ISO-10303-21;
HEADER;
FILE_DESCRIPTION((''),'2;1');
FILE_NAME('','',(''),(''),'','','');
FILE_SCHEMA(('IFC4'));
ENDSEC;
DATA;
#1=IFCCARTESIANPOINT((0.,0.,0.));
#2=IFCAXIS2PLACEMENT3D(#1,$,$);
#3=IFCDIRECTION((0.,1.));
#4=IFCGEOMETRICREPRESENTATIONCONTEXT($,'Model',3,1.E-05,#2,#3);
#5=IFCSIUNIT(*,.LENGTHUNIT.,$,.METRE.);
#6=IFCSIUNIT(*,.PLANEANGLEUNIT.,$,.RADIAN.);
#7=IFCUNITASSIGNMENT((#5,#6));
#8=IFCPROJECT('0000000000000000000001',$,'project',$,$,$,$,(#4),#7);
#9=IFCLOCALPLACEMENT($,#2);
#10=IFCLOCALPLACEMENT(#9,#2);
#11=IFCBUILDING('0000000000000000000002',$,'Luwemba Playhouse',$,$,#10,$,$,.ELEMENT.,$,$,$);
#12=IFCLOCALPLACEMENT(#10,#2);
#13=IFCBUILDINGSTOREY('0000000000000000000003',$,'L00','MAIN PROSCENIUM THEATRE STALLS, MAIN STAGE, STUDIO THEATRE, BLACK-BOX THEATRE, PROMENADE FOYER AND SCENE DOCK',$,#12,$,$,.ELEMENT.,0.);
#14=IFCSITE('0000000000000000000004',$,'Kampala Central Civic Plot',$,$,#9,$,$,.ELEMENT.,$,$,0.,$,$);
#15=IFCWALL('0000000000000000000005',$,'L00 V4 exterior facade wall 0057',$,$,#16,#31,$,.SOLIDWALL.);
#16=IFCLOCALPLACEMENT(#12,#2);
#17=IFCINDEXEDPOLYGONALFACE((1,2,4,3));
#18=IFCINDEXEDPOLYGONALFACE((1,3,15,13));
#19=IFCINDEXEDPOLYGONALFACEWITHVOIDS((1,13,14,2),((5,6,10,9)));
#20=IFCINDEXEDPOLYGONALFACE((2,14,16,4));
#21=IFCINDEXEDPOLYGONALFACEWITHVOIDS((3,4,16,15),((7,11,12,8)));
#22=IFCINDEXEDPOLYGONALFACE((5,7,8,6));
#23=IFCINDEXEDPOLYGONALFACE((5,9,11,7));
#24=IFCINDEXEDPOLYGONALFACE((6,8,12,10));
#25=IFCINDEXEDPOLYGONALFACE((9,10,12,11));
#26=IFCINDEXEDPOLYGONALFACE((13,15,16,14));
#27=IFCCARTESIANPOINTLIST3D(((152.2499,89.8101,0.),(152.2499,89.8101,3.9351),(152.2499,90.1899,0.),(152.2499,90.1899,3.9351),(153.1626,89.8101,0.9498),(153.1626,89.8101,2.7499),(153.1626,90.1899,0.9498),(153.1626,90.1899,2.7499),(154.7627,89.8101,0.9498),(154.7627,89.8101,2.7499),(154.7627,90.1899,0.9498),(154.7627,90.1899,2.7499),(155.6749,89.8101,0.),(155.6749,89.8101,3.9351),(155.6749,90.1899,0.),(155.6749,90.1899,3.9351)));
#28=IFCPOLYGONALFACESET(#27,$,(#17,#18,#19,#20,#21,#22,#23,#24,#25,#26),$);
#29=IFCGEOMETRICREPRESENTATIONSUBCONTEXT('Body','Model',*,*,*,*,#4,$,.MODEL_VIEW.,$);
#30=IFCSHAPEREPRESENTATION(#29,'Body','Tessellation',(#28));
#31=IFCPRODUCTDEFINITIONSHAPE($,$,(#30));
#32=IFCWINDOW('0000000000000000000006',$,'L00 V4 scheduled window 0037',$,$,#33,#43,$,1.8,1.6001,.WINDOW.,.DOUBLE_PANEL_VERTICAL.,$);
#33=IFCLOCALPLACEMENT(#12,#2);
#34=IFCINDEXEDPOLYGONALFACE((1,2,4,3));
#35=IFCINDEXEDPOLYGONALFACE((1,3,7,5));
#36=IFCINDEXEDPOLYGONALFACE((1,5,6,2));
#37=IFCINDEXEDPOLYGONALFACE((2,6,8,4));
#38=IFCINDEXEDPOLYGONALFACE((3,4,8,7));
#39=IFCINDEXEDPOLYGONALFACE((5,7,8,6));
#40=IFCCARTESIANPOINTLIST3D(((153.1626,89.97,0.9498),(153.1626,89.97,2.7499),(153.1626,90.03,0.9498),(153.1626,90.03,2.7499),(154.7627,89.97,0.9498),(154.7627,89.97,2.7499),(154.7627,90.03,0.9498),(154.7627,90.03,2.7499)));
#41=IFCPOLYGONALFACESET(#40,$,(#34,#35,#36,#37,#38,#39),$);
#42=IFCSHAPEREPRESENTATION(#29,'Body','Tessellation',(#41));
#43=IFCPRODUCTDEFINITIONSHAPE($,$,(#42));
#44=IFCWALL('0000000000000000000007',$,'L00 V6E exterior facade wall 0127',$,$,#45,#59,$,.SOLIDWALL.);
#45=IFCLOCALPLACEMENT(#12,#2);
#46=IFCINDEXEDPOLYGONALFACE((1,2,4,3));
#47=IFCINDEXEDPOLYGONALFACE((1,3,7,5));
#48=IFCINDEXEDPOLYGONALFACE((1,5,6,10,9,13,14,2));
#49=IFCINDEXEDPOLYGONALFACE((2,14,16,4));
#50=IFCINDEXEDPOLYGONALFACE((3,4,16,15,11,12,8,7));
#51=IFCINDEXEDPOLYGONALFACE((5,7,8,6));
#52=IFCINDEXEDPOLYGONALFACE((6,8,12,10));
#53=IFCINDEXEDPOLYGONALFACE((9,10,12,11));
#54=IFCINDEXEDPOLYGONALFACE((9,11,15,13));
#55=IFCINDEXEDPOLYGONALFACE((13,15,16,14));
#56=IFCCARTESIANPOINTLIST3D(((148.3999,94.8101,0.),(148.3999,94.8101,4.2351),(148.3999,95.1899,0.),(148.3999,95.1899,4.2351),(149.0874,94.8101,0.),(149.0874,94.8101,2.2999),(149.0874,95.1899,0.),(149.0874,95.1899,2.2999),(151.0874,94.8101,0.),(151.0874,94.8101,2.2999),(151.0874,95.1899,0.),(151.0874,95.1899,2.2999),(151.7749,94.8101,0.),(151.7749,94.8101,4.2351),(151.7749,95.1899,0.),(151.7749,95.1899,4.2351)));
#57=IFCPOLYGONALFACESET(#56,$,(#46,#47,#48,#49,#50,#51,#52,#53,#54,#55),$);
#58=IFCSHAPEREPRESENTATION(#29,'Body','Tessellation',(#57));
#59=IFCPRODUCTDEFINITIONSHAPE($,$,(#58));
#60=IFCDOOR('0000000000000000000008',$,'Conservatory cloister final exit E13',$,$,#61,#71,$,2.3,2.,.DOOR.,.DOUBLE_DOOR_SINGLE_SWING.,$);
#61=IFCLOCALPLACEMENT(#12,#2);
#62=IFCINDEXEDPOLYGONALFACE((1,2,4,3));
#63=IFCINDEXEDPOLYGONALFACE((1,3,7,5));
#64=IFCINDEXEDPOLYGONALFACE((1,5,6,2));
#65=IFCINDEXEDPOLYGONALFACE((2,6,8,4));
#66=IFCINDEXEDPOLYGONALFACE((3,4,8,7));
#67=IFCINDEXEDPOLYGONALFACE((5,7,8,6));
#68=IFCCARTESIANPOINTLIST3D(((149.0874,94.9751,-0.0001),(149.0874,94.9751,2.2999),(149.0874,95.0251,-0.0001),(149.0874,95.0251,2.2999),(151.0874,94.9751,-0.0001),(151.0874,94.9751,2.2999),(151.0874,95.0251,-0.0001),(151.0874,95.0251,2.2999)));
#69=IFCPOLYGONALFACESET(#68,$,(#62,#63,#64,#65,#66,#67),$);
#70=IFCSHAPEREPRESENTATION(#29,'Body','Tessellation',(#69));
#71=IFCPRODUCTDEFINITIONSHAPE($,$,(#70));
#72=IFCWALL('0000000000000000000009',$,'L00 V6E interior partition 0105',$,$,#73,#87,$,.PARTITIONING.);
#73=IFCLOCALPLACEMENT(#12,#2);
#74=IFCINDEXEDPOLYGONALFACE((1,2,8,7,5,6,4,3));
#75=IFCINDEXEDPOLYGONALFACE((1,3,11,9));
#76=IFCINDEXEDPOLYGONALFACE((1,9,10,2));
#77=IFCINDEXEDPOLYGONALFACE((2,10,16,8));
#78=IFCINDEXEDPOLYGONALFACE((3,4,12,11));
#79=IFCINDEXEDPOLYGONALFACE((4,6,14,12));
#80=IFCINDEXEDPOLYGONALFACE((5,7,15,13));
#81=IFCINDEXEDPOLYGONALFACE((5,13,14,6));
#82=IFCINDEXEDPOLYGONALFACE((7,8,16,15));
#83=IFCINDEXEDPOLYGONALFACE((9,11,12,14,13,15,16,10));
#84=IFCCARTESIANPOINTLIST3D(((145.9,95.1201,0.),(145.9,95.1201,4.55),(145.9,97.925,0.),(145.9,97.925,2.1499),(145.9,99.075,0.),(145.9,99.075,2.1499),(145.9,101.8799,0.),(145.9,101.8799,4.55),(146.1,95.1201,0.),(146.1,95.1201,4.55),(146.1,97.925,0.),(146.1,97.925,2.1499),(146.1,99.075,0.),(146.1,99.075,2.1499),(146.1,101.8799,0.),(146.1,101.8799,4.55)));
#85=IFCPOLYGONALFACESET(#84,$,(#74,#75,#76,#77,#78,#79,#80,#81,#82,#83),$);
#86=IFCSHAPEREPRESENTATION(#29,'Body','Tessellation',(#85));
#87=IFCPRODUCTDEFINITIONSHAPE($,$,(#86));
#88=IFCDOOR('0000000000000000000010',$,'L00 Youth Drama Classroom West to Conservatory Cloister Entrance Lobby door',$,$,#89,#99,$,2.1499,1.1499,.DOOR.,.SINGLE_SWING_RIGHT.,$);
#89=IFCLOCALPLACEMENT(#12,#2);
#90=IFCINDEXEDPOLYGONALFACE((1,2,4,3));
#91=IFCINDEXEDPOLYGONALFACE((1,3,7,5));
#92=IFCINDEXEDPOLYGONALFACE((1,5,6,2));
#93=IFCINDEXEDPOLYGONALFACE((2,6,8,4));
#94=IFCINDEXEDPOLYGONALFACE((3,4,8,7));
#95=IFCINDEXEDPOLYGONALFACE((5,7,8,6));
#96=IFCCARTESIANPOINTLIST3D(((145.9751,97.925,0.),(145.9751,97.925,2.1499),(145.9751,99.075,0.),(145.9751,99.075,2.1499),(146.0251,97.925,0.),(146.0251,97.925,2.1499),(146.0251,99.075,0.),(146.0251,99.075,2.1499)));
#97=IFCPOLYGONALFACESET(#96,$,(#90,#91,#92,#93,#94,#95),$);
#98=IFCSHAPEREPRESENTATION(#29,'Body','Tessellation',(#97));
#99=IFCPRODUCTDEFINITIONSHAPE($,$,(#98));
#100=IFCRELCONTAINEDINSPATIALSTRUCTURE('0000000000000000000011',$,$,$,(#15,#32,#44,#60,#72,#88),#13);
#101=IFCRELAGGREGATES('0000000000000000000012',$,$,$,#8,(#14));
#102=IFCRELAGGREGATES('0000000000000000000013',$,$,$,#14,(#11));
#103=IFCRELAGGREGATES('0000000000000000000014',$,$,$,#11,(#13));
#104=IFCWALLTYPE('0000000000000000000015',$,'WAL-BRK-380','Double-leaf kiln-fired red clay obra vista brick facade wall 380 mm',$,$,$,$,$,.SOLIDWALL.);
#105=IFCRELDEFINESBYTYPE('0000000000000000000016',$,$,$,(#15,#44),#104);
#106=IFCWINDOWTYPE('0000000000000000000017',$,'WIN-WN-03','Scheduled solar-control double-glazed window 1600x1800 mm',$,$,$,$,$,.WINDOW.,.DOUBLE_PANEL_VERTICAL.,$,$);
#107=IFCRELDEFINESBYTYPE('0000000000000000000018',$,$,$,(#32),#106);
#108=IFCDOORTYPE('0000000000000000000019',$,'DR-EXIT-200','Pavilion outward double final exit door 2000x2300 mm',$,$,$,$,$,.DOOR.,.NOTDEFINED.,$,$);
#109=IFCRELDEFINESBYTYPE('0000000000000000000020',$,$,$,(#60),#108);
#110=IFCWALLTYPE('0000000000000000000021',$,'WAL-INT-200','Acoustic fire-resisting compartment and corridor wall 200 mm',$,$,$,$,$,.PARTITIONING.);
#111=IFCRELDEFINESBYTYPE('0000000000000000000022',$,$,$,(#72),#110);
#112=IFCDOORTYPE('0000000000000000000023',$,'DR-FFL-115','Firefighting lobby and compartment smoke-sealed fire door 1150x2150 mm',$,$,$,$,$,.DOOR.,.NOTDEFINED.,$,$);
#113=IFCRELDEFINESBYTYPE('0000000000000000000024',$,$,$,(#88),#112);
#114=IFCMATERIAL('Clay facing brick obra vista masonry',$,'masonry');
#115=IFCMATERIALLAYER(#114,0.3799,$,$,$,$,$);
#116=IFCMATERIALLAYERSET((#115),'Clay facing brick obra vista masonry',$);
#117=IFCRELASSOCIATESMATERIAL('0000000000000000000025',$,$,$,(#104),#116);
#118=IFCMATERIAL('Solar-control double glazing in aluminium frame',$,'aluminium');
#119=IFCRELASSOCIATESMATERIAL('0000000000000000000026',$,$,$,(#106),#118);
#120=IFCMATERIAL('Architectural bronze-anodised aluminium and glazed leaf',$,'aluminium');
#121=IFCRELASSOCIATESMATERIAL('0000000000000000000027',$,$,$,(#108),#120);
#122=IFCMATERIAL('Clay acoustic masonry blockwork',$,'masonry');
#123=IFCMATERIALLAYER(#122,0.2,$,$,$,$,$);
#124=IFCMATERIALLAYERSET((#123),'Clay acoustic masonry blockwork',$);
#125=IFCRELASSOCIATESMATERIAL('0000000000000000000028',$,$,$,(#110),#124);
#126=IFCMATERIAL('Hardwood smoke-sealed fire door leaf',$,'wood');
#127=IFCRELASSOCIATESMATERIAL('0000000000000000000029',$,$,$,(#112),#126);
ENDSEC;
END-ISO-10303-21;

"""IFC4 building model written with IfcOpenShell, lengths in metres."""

from ifc_helpers import new_model, si_unit, direction, frame, frame_2d, origin, place, context, subcontext, project, spatial, rectangle, extrude, material, layer, layer_set, type_object, element, fill, save


model = new_model("IFC4")

# Units and contexts
model_context = context("Model", 3, precision=1e-05, world=origin(), true_north=direction((0.0, 1.0)))
body_context = subcontext(model_context, "Body", "Model", "MODEL_VIEW")
ifc_project = project(units=[si_unit("LENGTHUNIT", "METRE"), si_unit("PLANEANGLEUNIT", "RADIAN")], contexts=[model_context])

# Site, building, storey
site_placement = place(None, origin())
site = spatial("IfcSite", under=ifc_project, at=site_placement, Name="Kampala Central Civic Plot", CompositionType="ELEMENT", RefElevation=0.0)
building_placement = place(site_placement, origin())
building = spatial("IfcBuilding", under=site, at=building_placement, Name="Luwemba Playhouse", CompositionType="ELEMENT")
storey_placement = place(building_placement, origin())
storey = spatial("IfcBuildingStorey", under=building, at=storey_placement, Name="L00", Description="MAIN PROSCENIUM THEATRE STALLS, MAIN STAGE, STUDIO THEATRE, BLACK-BOX THEATRE, PROMENADE FOYER AND SCENE DOCK", CompositionType="ELEMENT", Elevation=0.0)

# Wall, opening, window
ifc_material_1 = material(Name="Clay facing brick obra vista masonry", Category="masonry")
ifc_layer_1 = layer(ifc_material_1, 0.3799)
ifc_layer_set_1 = layer_set([ifc_layer_1], Name="Clay facing brick obra vista masonry")
wall_type_1 = type_object("IfcWallType", Name="WAL-BRK-380", Description="Double-leaf kiln-fired red clay obra vista brick facade wall 380 mm", PredefinedType="SOLIDWALL", material=ifc_layer_set_1)
ifc_material_2 = material(Name="Solar-control double glazing in aluminium frame", Category="aluminium")
wall_1_placement = place(storey_placement, frame((152.25, 90.0, 0.0), z_axis=(0.0, 0.0, 1.0), x_axis=(1.0, 0.0, 0.0)))
wall_1 = element("IfcWall", 1, at=wall_1_placement, inside=storey, type_object=wall_type_1, Name="L00 V4 exterior facade wall 0057", PredefinedType="SOLIDWALL", context=body_context, shape_type="SweptSolid", body=[
    extrude(rectangle(XDim=3.425, YDim=0.3799, at=frame_2d((1.7124, 0.0))), origin(), (0.0, 0.0, 1.0), 3.9351),
])
opening_1_placement = place(wall_1_placement, frame((0.9126, 0.0, 0.95)))
opening_1 = element("IfcOpeningElement", 2, at=opening_1_placement, cuts=wall_1, PredefinedType="OPENING", context=body_context, shape_type="SweptSolid", body=[
    extrude(rectangle(XDim=1.6001, YDim=1.8, at=frame_2d((0.8, 0.8999))), frame((0.0, 0.2, 0.0), z_axis=(0.0, -1.0, 0.0), x_axis=(1.0, 0.0, 0.0)), (0.0, 0.0, 1.0), 0.3999),
])
window_type_1 = type_object("IfcWindowType", Name="WIN-WN-03", Description="Scheduled solar-control double-glazed window 1600x1800 mm", PartitioningType="DOUBLE_PANEL_VERTICAL", PredefinedType="WINDOW", material=ifc_material_2)
window_1_placement = place(opening_1_placement, origin())
window_1 = element("IfcWindow", 3, at=window_1_placement, inside=storey, type_object=window_type_1, Name="L00 V4 scheduled window 0037", OverallHeight=1.8, OverallWidth=1.6001, PartitioningType="DOUBLE_PANEL_VERTICAL", PredefinedType="WINDOW", context=body_context, shape_type="SweptSolid", body=[
    extrude(rectangle(XDim=1.6001, YDim=1.8, at=frame_2d((0.8, 0.8999))), frame((0.0, 0.03, 0.0), z_axis=(0.0, -1.0, 0.0), x_axis=(1.0, 0.0, 0.0)), (0.0, 0.0, 1.0), 0.0601),
])
fill(opening_1, window_1)

# Walls, openings, doors
wall_2_placement = place(storey_placement, frame((151.7749, 95.0, 0.0), z_axis=(0.0, 0.0, 1.0), x_axis=(-1.0, 0.0, 0.0)))
wall_2 = element("IfcWall", 4, at=wall_2_placement, inside=storey, type_object=wall_type_1, Name="L00 V6E exterior facade wall 0127", PredefinedType="SOLIDWALL", context=body_context, shape_type="SweptSolid", body=[
    extrude(rectangle(XDim=3.375, YDim=0.3799, at=frame_2d((1.6875, 0.0))), origin(), (0.0, 0.0, 1.0), 4.2351),
])
opening_2_placement = place(wall_2_placement, frame((0.6875, 0.0, 0.0)))
opening_2 = element("IfcOpeningElement", 5, at=opening_2_placement, cuts=wall_2, PredefinedType="OPENING", context=body_context, shape_type="SweptSolid", body=[
    extrude(rectangle(XDim=2.0, YDim=2.3, at=frame_2d((1.0, 1.1499))), frame((0.0, 0.2, 0.0), z_axis=(0.0, -1.0, 0.0), x_axis=(1.0, 0.0, 0.0)), (0.0, 0.0, 1.0), 0.3999),
])
ifc_material_3 = material(Name="Architectural bronze-anodised aluminium and glazed leaf", Category="aluminium")
door_type_1 = type_object("IfcDoorType", Name="DR-EXIT-200", Description="Pavilion outward double final exit door 2000x2300 mm", OperationType="NOTDEFINED", PredefinedType="DOOR", material=ifc_material_3)
door_1_placement = place(opening_2_placement, origin())
door_1 = element("IfcDoor", 6, at=door_1_placement, inside=storey, type_object=door_type_1, Name="Conservatory cloister final exit E13", OperationType="DOUBLE_DOOR_SINGLE_SWING", OverallHeight=2.3, OverallWidth=2.0, PredefinedType="DOOR", context=body_context, shape_type="SweptSolid", body=[
    extrude(rectangle(XDim=2.0, YDim=2.3, at=frame_2d((1.0, 1.1499))), frame((0.0, 0.0249, 0.0), z_axis=(0.0, -1.0, 0.0), x_axis=(1.0, 0.0, 0.0)), (0.0, 0.0, 1.0), 0.05),
])
fill(opening_2, door_1)
ifc_material_4 = material(Name="Clay acoustic masonry blockwork", Category="masonry")
ifc_layer_2 = layer(ifc_material_4, 0.2)
ifc_layer_set_2 = layer_set([ifc_layer_2], Name="Clay acoustic masonry blockwork")
wall_type_2 = type_object("IfcWallType", Name="WAL-INT-200", Description="Acoustic fire-resisting compartment and corridor wall 200 mm", PredefinedType="PARTITIONING", material=ifc_layer_set_2)
wall_3_placement = place(storey_placement, frame((146.0, 95.1201, 0.0), z_axis=(0.0, 0.0, 1.0), x_axis=(0.0, 1.0, 0.0)))
wall_3 = element("IfcWall", 7, at=wall_3_placement, inside=storey, type_object=wall_type_2, Name="L00 V6E interior partition 0105", PredefinedType="PARTITIONING", context=body_context, shape_type="SweptSolid", body=[
    extrude(rectangle(XDim=6.7598, YDim=0.2, at=frame_2d((3.3799, 0.0))), origin(), (0.0, 0.0, 1.0), 4.55),
])
opening_3_placement = place(wall_3_placement, frame((2.8049, 0.0, 0.0)))
opening_3 = element("IfcOpeningElement", 8, at=opening_3_placement, cuts=wall_3, PredefinedType="OPENING", context=body_context, shape_type="SweptSolid", body=[
    extrude(rectangle(XDim=1.1499, YDim=2.1499, at=frame_2d((0.575, 1.075))), frame((0.0, 0.1099, 0.0), z_axis=(0.0, -1.0, 0.0), x_axis=(1.0, 0.0, 0.0)), (0.0, 0.0, 1.0), 0.22),
])
ifc_material_5 = material(Name="Hardwood smoke-sealed fire door leaf", Category="wood")
door_type_2 = type_object("IfcDoorType", Name="DR-FFL-115", Description="Firefighting lobby and compartment smoke-sealed fire door 1150x2150 mm", OperationType="NOTDEFINED", PredefinedType="DOOR", material=ifc_material_5)
door_2_placement = place(opening_3_placement, origin())
door_2 = element("IfcDoor", 9, at=door_2_placement, inside=storey, type_object=door_type_2, Name="L00 Youth Drama Classroom West to Conservatory Cloister Entrance Lobby door", OperationType="SINGLE_SWING_RIGHT", OverallHeight=2.1499, OverallWidth=1.1499, PredefinedType="DOOR", context=body_context, shape_type="SweptSolid", body=[
    extrude(rectangle(XDim=1.1499, YDim=2.1499, at=frame_2d((0.575, 1.075))), frame((0.0, 0.0249, 0.0), z_axis=(0.0, -1.0, 0.0), x_axis=(1.0, 0.0, 0.0)), (0.0, 0.0, 1.0), 0.05),
])
fill(opening_3, door_2)

save(model, "model.ifc")
